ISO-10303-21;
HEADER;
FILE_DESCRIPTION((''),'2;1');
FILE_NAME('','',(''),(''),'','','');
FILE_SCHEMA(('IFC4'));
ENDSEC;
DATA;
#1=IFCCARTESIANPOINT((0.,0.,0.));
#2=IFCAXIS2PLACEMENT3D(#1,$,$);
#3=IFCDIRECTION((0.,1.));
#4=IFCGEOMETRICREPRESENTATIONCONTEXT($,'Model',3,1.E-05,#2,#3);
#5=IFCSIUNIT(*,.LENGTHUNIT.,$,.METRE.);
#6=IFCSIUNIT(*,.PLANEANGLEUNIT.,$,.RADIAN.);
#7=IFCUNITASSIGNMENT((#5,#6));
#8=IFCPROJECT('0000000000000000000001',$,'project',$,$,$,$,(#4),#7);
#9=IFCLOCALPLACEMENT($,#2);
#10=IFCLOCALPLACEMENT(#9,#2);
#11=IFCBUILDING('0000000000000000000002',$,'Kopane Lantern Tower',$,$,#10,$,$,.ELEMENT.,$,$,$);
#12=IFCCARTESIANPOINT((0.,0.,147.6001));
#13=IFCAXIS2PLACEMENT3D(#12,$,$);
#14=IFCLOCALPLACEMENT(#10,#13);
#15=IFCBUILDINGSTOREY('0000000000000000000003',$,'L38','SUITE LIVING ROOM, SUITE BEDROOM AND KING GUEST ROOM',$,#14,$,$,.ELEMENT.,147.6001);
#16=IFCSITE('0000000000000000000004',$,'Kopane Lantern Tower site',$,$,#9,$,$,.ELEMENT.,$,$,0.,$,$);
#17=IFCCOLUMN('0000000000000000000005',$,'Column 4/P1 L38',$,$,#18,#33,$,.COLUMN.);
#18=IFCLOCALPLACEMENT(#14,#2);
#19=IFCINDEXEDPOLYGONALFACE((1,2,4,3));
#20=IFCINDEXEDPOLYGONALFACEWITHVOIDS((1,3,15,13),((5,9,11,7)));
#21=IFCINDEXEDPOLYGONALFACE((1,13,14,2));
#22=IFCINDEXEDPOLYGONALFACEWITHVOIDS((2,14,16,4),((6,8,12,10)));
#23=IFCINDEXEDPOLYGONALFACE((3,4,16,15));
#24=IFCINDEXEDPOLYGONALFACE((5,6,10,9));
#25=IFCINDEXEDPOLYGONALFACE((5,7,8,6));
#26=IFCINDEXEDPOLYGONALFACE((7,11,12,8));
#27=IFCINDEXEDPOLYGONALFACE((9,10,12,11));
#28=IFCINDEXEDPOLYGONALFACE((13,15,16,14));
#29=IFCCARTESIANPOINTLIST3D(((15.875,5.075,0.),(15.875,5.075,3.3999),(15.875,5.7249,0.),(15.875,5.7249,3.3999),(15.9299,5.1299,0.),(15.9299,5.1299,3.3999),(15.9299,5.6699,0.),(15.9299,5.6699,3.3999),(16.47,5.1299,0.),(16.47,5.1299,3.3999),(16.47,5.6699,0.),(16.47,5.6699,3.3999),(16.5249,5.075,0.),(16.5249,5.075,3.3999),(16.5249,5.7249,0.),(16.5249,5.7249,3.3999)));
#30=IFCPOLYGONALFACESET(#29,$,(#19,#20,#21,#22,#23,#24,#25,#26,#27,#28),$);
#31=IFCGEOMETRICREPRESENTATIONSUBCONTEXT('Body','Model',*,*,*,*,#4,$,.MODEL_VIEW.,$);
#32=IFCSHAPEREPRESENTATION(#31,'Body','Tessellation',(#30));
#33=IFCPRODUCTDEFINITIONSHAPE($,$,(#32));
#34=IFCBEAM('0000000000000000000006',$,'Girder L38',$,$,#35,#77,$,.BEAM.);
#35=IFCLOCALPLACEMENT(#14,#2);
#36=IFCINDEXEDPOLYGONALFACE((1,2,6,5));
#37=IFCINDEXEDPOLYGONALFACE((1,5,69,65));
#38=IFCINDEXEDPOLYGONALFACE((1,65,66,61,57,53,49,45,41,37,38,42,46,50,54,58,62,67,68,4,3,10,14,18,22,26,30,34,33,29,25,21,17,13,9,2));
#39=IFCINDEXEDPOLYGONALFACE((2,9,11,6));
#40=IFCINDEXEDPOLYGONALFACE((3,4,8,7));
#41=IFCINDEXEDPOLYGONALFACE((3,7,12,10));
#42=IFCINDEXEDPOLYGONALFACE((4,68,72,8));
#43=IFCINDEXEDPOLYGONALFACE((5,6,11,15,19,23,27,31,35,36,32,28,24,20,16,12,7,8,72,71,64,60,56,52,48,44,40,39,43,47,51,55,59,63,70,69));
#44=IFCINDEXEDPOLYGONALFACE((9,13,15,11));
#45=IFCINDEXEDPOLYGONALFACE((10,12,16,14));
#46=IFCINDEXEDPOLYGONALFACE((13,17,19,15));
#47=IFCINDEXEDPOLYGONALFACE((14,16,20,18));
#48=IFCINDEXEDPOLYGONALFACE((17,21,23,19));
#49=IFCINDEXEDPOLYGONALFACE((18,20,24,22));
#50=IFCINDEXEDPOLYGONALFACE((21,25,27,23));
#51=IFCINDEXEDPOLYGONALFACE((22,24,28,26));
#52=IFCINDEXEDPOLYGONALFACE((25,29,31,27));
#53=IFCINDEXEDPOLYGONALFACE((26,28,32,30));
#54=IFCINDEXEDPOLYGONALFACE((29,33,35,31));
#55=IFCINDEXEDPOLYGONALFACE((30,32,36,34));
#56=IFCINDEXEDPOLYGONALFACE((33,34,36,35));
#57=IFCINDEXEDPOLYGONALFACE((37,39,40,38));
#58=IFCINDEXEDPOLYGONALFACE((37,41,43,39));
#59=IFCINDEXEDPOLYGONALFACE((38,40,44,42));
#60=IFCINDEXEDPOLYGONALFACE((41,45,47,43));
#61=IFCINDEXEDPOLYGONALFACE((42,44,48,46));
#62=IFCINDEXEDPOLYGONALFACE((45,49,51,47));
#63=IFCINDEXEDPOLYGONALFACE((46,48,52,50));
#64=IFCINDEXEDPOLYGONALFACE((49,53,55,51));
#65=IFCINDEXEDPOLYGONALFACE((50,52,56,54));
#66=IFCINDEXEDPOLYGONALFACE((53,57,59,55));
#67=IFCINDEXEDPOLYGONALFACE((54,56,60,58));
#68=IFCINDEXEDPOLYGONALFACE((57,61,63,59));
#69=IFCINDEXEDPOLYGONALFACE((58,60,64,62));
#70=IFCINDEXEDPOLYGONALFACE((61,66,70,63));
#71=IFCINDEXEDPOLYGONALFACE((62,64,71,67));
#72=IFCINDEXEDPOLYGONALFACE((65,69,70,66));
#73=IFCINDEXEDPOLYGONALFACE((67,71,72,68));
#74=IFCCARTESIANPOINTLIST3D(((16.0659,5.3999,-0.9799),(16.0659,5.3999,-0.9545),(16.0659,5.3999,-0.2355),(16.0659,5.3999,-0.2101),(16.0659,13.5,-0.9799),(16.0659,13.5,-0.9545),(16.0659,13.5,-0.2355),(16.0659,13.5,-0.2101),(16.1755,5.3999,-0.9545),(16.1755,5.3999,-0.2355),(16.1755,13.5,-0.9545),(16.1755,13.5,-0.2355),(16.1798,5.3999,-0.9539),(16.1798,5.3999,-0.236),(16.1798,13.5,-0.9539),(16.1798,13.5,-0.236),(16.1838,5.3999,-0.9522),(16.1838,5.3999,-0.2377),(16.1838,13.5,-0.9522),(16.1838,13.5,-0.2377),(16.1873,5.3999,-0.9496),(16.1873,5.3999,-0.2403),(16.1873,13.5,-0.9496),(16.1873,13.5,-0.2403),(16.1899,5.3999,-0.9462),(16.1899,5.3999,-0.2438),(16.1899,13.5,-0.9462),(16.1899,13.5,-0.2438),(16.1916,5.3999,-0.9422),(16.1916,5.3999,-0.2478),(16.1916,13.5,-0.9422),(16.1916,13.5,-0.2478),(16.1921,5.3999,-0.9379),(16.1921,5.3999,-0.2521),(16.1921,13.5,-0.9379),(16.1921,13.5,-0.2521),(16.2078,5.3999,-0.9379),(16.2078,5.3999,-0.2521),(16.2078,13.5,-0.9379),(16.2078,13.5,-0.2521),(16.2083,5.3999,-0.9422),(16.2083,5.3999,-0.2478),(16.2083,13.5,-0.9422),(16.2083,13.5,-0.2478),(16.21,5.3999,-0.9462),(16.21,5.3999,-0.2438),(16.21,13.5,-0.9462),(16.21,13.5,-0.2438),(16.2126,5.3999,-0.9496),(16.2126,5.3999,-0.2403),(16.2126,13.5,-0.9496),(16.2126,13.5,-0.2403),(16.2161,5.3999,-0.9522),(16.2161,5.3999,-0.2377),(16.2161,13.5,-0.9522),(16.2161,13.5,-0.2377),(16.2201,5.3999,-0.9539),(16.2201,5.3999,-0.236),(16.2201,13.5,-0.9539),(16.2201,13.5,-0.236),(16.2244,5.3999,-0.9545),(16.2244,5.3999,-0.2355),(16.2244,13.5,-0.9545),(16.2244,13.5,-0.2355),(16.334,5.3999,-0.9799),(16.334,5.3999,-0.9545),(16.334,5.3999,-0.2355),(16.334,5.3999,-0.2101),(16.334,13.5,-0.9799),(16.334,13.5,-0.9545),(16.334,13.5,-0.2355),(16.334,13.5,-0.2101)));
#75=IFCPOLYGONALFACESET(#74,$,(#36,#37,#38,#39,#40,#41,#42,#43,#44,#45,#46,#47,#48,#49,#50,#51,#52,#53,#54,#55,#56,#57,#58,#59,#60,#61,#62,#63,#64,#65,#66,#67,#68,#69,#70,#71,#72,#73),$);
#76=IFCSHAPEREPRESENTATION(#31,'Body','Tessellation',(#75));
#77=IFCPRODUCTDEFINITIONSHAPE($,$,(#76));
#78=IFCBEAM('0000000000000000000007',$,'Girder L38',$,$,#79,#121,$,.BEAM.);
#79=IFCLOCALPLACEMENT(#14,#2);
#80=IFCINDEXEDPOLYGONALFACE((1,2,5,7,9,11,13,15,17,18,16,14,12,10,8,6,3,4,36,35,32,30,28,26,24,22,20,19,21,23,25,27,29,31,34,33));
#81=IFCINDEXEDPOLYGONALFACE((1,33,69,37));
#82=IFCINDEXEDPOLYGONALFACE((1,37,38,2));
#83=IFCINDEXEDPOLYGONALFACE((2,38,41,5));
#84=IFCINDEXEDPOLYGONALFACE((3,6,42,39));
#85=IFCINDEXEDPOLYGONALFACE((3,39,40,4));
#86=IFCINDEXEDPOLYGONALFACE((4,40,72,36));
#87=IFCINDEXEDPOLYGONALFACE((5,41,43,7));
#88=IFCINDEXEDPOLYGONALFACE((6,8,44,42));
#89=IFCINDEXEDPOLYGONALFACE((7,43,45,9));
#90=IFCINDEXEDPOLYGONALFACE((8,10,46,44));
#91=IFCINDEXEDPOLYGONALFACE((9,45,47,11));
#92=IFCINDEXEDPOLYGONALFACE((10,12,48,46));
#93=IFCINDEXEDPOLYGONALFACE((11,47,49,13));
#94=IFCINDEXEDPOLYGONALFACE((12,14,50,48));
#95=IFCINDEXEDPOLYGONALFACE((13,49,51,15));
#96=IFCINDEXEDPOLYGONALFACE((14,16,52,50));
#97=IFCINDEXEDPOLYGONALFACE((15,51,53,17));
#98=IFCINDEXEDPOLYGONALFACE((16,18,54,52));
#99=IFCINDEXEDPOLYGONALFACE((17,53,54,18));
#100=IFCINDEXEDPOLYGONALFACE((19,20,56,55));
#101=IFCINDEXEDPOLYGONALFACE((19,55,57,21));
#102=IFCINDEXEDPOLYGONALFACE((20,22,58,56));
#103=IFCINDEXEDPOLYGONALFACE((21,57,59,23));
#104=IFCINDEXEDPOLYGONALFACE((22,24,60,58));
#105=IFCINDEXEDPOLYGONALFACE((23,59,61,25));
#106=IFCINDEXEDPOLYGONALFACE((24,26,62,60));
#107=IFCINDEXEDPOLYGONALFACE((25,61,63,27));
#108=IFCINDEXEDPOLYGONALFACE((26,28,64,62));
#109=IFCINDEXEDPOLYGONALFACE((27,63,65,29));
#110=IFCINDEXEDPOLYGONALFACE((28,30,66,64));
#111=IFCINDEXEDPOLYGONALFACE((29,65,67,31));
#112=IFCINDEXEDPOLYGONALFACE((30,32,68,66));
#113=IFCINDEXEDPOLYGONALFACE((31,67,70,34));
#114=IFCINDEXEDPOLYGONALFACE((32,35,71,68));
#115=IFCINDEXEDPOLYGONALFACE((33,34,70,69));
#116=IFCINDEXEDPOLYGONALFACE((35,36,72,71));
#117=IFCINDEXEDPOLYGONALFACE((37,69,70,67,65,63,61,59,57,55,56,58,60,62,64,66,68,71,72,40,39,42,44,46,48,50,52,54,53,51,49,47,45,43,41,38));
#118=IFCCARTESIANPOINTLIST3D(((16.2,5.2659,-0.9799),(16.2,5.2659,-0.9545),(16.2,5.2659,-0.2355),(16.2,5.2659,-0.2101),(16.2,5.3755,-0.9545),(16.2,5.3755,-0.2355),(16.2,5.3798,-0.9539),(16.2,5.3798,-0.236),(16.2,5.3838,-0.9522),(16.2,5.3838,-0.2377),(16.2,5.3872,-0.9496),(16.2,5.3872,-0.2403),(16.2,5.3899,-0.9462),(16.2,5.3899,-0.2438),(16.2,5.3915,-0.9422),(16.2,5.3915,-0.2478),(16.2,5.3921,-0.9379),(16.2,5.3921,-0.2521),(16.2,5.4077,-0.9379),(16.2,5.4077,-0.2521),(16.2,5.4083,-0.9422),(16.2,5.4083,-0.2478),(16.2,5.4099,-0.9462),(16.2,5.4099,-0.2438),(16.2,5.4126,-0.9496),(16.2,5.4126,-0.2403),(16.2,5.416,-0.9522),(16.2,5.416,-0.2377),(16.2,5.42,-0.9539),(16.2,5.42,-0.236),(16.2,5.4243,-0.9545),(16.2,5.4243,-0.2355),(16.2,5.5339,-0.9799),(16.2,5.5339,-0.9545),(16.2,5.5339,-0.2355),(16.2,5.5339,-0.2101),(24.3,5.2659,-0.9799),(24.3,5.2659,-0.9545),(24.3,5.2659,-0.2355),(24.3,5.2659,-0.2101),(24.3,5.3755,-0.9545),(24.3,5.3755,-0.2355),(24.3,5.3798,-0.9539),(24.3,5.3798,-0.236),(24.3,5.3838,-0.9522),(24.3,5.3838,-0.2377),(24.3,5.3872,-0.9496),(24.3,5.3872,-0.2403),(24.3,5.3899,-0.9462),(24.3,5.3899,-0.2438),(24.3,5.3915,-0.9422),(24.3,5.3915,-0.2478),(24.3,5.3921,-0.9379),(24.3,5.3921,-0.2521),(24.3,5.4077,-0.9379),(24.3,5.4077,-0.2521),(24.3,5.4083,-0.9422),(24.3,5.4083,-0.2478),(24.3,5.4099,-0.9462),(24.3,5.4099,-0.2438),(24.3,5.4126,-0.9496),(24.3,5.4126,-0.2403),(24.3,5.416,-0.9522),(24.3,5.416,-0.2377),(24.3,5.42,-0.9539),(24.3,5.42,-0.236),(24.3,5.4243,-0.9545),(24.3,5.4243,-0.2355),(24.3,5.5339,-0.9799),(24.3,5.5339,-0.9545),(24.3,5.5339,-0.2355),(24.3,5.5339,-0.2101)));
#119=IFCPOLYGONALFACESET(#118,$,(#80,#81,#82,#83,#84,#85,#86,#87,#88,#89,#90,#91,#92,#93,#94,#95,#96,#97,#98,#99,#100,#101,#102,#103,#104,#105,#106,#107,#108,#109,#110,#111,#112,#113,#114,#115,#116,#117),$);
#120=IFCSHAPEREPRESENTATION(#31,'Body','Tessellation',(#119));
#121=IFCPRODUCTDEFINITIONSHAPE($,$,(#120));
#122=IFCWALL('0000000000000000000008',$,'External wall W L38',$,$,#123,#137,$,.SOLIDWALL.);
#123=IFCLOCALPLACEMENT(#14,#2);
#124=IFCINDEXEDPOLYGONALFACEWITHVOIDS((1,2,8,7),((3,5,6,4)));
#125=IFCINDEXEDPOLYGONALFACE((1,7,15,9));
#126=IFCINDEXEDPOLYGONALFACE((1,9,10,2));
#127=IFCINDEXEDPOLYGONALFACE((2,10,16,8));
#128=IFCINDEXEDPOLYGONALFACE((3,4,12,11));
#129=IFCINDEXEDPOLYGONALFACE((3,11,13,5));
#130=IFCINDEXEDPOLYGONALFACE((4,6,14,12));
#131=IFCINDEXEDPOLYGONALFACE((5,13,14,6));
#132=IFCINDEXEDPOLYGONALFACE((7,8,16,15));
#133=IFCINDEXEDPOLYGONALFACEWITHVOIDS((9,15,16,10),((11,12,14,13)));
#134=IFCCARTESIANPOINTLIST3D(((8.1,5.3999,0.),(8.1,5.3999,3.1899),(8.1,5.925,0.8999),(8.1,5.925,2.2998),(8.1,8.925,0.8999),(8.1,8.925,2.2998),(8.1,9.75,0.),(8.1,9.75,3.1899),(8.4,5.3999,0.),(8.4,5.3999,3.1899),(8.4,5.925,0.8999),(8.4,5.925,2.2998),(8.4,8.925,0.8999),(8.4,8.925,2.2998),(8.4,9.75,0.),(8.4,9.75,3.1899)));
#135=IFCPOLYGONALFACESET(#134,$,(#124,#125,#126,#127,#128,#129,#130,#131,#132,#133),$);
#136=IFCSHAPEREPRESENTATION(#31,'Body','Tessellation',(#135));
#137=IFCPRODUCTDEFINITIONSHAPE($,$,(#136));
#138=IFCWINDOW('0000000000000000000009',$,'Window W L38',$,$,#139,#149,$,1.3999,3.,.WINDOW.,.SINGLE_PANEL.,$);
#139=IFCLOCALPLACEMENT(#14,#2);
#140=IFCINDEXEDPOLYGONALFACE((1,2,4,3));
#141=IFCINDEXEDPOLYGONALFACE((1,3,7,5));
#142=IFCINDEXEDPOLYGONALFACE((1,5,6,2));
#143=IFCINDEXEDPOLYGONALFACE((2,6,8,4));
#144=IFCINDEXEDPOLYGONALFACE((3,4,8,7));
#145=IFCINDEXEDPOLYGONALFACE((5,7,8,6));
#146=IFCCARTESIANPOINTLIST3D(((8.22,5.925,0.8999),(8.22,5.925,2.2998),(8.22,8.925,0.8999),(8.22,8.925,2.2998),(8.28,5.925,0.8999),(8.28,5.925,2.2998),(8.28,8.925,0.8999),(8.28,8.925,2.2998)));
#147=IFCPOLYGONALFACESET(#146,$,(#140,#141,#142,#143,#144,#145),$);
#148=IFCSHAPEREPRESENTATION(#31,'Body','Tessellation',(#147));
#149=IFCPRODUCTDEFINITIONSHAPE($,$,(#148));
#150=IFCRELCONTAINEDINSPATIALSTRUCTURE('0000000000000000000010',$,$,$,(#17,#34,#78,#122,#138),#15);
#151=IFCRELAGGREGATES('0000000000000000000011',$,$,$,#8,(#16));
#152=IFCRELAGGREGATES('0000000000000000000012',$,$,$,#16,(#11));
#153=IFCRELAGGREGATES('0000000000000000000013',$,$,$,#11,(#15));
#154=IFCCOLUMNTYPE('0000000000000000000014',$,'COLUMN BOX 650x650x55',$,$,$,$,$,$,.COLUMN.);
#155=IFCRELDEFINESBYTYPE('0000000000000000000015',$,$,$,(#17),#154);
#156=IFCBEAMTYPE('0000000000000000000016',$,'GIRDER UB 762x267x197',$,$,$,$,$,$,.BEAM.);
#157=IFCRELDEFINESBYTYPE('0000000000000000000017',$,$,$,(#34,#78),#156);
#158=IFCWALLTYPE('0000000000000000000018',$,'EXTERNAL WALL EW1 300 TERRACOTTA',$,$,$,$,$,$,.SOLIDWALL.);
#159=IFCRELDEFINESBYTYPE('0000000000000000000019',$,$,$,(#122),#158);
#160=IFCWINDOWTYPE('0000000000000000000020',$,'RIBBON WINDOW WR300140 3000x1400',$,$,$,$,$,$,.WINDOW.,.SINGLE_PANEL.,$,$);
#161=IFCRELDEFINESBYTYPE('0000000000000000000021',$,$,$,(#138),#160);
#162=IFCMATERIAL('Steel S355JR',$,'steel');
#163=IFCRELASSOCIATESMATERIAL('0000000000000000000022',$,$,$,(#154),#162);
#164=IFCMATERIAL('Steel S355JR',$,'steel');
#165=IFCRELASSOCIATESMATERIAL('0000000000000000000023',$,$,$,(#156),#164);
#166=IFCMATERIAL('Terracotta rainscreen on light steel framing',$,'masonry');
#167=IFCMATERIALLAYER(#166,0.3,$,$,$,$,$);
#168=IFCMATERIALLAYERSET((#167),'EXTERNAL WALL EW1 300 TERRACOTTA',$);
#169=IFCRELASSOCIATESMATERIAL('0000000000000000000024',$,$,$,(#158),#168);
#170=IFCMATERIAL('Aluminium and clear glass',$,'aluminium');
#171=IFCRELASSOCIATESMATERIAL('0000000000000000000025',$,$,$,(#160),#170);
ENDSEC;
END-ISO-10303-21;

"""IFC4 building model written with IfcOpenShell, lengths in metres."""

from ifc_helpers import new_model, si_unit, direction, frame, frame_2d, origin, origin_2d, place, context, subcontext, project, spatial, rectangle, hollow_rectangle, i_section, extrude, material, layer, layer_set, material_profile, profile_set, type_object, element, fill, save


model = new_model("IFC4")

# Units and contexts
model_context = context("Model", 3, precision=1e-05, world=origin(), true_north=direction((0.0, 1.0)))
body_context = subcontext(model_context, "Body", "Model", "MODEL_VIEW")
ifc_project = project(units=[si_unit("LENGTHUNIT", "METRE"), si_unit("PLANEANGLEUNIT", "RADIAN")], contexts=[model_context])

# Site, building, storey
site_placement = place(None, origin())
site = spatial("IfcSite", under=ifc_project, at=site_placement, Name="Kopane Lantern Tower site", CompositionType="ELEMENT", RefElevation=0.0)
building_placement = place(site_placement, origin())
building = spatial("IfcBuilding", under=site, at=building_placement, Name="Kopane Lantern Tower", CompositionType="ELEMENT")
storey_placement = place(building_placement, frame((0.0, 0.0, 147.6001)))
storey = spatial("IfcBuildingStorey", under=building, at=storey_placement, Name="L38", Description="SUITE LIVING ROOM, SUITE BEDROOM AND KING GUEST ROOM", CompositionType="ELEMENT", Elevation=147.6001)

# Column
ifc_material_1 = material(Name="Steel S355JR", Category="steel")
ifc_material_profile_1 = material_profile(ifc_material_1, hollow_rectangle(XDim=0.6499, YDim=0.6499, WallThickness=0.0549, at=origin_2d()), Name="BOX 650x650x55")
ifc_profile_set_1 = profile_set([ifc_material_profile_1], Name="Steel S355JR")
column_type = type_object("IfcColumnType", Name="COLUMN BOX 650x650x55", PredefinedType="COLUMN", material=ifc_profile_set_1)
column_placement = place(storey_placement, frame((16.2, 5.3999, 0.0), z_axis=(0.0, 0.0, 1.0), x_axis=(1.0, 0.0, 0.0)))
element("IfcColumn", 1, at=column_placement, inside=storey, type_object=column_type, Name="Column 4/P1 L38", PredefinedType="COLUMN", context=body_context, shape_type="SweptSolid", body=[
    extrude(hollow_rectangle(XDim=0.6499, YDim=0.6499, WallThickness=0.0549, at=origin_2d()), origin(), (0.0, 0.0, 1.0), 3.3999),
])

# Beams
ifc_material_2 = material(Name="Steel S355JR", Category="steel")
ifc_material_profile_2 = material_profile(ifc_material_2, i_section(OverallWidth=0.2681, OverallDepth=0.7698, WebThickness=0.0156, FlangeThickness=0.0254, FilletRadius=0.0166, at=origin_2d()), Name="UB 762x267x197")
ifc_profile_set_2 = profile_set([ifc_material_profile_2], Name="Steel S355JR")
beam_type = type_object("IfcBeamType", Name="GIRDER UB 762x267x197", PredefinedType="BEAM", material=ifc_profile_set_2)
for number, where, z_axis, x_axis, name in (
    (2, (16.2, 5.3999, -0.595), (0.0, 1.0, 0.0), (-1.0, 0.0, 0.0), "Girder L38"),
    (3, (16.2, 5.3999, -0.595), (1.0, 0.0, 0.0), (0.0, 1.0, 0.0), "Girder L38"),
):
    element("IfcBeam", number, at=place(storey_placement, frame(where, z_axis=z_axis, x_axis=x_axis)), inside=storey, type_object=beam_type, Name=name, PredefinedType="BEAM", context=body_context, shape_type="SweptSolid", body=[
        extrude(i_section(OverallWidth=0.2681, OverallDepth=0.7698, WebThickness=0.0156, FlangeThickness=0.0254, FilletRadius=0.0166, at=origin_2d()), origin(), (0.0, 0.0, 1.0), 8.1001),
    ])

# Shared definitions
ifc_material_3 = material(Name="Terracotta rainscreen on light steel framing", Category="masonry")
ifc_layer = layer(ifc_material_3, 0.3)
ifc_layer_set = layer_set([ifc_layer], Name="EXTERNAL WALL EW1 300 TERRACOTTA")
wall_type = type_object("IfcWallType", Name="EXTERNAL WALL EW1 300 TERRACOTTA", PredefinedType="SOLIDWALL", material=ifc_layer_set)
ifc_material_4 = material(Name="Aluminium and clear glass", Category="aluminium")
window_type = type_object("IfcWindowType", Name="RIBBON WINDOW WR300140 3000x1400", PartitioningType="SINGLE_PANEL", PredefinedType="WINDOW", material=ifc_material_4)

# Wall, opening, window
wall_1_placement = place(storey_placement, frame((8.25, 9.75, 0.0), z_axis=(0.0, 0.0, 1.0), x_axis=(0.0, -1.0, 0.0)))
wall_1 = element("IfcWall", 4, at=wall_1_placement, inside=storey, type_object=wall_type, Name="External wall W L38", PredefinedType="SOLIDWALL", context=body_context, shape_type="SweptSolid", body=[
    extrude(rectangle(XDim=4.3501, YDim=0.3, at=frame_2d((2.175, 0.0))), origin(), (0.0, 0.0, 1.0), 3.1899),
])
opening_1_placement = place(wall_1_placement, frame((0.825, 0.0, 0.8999)))
opening_1 = element("IfcOpeningElement", 5, at=opening_1_placement, cuts=wall_1, PredefinedType="OPENING", context=body_context, shape_type="SweptSolid", body=[
    extrude(rectangle(XDim=3.0, YDim=1.3999, at=frame_2d((1.5, 0.7))), frame((0.0, 0.1599, 0.0), z_axis=(0.0, -1.0, 0.0), x_axis=(1.0, 0.0, 0.0)), (0.0, 0.0, 1.0), 0.3201),
])
window_1_placement = place(opening_1_placement, origin())
window_1 = element("IfcWindow", 6, at=window_1_placement, inside=storey, type_object=window_type, Name="Window W L38", OverallHeight=1.3999, OverallWidth=3.0, PartitioningType="SINGLE_PANEL", PredefinedType="WINDOW", context=body_context, shape_type="SweptSolid", body=[
    extrude(rectangle(XDim=3.0, YDim=1.3999, at=frame_2d((1.5, 0.7))), frame((0.0, 0.03, 0.0), z_axis=(0.0, -1.0, 0.0), x_axis=(1.0, 0.0, 0.0)), (0.0, 0.0, 1.0), 0.0601),
])
fill(opening_1, window_1)

save(model, "model.ifc")
